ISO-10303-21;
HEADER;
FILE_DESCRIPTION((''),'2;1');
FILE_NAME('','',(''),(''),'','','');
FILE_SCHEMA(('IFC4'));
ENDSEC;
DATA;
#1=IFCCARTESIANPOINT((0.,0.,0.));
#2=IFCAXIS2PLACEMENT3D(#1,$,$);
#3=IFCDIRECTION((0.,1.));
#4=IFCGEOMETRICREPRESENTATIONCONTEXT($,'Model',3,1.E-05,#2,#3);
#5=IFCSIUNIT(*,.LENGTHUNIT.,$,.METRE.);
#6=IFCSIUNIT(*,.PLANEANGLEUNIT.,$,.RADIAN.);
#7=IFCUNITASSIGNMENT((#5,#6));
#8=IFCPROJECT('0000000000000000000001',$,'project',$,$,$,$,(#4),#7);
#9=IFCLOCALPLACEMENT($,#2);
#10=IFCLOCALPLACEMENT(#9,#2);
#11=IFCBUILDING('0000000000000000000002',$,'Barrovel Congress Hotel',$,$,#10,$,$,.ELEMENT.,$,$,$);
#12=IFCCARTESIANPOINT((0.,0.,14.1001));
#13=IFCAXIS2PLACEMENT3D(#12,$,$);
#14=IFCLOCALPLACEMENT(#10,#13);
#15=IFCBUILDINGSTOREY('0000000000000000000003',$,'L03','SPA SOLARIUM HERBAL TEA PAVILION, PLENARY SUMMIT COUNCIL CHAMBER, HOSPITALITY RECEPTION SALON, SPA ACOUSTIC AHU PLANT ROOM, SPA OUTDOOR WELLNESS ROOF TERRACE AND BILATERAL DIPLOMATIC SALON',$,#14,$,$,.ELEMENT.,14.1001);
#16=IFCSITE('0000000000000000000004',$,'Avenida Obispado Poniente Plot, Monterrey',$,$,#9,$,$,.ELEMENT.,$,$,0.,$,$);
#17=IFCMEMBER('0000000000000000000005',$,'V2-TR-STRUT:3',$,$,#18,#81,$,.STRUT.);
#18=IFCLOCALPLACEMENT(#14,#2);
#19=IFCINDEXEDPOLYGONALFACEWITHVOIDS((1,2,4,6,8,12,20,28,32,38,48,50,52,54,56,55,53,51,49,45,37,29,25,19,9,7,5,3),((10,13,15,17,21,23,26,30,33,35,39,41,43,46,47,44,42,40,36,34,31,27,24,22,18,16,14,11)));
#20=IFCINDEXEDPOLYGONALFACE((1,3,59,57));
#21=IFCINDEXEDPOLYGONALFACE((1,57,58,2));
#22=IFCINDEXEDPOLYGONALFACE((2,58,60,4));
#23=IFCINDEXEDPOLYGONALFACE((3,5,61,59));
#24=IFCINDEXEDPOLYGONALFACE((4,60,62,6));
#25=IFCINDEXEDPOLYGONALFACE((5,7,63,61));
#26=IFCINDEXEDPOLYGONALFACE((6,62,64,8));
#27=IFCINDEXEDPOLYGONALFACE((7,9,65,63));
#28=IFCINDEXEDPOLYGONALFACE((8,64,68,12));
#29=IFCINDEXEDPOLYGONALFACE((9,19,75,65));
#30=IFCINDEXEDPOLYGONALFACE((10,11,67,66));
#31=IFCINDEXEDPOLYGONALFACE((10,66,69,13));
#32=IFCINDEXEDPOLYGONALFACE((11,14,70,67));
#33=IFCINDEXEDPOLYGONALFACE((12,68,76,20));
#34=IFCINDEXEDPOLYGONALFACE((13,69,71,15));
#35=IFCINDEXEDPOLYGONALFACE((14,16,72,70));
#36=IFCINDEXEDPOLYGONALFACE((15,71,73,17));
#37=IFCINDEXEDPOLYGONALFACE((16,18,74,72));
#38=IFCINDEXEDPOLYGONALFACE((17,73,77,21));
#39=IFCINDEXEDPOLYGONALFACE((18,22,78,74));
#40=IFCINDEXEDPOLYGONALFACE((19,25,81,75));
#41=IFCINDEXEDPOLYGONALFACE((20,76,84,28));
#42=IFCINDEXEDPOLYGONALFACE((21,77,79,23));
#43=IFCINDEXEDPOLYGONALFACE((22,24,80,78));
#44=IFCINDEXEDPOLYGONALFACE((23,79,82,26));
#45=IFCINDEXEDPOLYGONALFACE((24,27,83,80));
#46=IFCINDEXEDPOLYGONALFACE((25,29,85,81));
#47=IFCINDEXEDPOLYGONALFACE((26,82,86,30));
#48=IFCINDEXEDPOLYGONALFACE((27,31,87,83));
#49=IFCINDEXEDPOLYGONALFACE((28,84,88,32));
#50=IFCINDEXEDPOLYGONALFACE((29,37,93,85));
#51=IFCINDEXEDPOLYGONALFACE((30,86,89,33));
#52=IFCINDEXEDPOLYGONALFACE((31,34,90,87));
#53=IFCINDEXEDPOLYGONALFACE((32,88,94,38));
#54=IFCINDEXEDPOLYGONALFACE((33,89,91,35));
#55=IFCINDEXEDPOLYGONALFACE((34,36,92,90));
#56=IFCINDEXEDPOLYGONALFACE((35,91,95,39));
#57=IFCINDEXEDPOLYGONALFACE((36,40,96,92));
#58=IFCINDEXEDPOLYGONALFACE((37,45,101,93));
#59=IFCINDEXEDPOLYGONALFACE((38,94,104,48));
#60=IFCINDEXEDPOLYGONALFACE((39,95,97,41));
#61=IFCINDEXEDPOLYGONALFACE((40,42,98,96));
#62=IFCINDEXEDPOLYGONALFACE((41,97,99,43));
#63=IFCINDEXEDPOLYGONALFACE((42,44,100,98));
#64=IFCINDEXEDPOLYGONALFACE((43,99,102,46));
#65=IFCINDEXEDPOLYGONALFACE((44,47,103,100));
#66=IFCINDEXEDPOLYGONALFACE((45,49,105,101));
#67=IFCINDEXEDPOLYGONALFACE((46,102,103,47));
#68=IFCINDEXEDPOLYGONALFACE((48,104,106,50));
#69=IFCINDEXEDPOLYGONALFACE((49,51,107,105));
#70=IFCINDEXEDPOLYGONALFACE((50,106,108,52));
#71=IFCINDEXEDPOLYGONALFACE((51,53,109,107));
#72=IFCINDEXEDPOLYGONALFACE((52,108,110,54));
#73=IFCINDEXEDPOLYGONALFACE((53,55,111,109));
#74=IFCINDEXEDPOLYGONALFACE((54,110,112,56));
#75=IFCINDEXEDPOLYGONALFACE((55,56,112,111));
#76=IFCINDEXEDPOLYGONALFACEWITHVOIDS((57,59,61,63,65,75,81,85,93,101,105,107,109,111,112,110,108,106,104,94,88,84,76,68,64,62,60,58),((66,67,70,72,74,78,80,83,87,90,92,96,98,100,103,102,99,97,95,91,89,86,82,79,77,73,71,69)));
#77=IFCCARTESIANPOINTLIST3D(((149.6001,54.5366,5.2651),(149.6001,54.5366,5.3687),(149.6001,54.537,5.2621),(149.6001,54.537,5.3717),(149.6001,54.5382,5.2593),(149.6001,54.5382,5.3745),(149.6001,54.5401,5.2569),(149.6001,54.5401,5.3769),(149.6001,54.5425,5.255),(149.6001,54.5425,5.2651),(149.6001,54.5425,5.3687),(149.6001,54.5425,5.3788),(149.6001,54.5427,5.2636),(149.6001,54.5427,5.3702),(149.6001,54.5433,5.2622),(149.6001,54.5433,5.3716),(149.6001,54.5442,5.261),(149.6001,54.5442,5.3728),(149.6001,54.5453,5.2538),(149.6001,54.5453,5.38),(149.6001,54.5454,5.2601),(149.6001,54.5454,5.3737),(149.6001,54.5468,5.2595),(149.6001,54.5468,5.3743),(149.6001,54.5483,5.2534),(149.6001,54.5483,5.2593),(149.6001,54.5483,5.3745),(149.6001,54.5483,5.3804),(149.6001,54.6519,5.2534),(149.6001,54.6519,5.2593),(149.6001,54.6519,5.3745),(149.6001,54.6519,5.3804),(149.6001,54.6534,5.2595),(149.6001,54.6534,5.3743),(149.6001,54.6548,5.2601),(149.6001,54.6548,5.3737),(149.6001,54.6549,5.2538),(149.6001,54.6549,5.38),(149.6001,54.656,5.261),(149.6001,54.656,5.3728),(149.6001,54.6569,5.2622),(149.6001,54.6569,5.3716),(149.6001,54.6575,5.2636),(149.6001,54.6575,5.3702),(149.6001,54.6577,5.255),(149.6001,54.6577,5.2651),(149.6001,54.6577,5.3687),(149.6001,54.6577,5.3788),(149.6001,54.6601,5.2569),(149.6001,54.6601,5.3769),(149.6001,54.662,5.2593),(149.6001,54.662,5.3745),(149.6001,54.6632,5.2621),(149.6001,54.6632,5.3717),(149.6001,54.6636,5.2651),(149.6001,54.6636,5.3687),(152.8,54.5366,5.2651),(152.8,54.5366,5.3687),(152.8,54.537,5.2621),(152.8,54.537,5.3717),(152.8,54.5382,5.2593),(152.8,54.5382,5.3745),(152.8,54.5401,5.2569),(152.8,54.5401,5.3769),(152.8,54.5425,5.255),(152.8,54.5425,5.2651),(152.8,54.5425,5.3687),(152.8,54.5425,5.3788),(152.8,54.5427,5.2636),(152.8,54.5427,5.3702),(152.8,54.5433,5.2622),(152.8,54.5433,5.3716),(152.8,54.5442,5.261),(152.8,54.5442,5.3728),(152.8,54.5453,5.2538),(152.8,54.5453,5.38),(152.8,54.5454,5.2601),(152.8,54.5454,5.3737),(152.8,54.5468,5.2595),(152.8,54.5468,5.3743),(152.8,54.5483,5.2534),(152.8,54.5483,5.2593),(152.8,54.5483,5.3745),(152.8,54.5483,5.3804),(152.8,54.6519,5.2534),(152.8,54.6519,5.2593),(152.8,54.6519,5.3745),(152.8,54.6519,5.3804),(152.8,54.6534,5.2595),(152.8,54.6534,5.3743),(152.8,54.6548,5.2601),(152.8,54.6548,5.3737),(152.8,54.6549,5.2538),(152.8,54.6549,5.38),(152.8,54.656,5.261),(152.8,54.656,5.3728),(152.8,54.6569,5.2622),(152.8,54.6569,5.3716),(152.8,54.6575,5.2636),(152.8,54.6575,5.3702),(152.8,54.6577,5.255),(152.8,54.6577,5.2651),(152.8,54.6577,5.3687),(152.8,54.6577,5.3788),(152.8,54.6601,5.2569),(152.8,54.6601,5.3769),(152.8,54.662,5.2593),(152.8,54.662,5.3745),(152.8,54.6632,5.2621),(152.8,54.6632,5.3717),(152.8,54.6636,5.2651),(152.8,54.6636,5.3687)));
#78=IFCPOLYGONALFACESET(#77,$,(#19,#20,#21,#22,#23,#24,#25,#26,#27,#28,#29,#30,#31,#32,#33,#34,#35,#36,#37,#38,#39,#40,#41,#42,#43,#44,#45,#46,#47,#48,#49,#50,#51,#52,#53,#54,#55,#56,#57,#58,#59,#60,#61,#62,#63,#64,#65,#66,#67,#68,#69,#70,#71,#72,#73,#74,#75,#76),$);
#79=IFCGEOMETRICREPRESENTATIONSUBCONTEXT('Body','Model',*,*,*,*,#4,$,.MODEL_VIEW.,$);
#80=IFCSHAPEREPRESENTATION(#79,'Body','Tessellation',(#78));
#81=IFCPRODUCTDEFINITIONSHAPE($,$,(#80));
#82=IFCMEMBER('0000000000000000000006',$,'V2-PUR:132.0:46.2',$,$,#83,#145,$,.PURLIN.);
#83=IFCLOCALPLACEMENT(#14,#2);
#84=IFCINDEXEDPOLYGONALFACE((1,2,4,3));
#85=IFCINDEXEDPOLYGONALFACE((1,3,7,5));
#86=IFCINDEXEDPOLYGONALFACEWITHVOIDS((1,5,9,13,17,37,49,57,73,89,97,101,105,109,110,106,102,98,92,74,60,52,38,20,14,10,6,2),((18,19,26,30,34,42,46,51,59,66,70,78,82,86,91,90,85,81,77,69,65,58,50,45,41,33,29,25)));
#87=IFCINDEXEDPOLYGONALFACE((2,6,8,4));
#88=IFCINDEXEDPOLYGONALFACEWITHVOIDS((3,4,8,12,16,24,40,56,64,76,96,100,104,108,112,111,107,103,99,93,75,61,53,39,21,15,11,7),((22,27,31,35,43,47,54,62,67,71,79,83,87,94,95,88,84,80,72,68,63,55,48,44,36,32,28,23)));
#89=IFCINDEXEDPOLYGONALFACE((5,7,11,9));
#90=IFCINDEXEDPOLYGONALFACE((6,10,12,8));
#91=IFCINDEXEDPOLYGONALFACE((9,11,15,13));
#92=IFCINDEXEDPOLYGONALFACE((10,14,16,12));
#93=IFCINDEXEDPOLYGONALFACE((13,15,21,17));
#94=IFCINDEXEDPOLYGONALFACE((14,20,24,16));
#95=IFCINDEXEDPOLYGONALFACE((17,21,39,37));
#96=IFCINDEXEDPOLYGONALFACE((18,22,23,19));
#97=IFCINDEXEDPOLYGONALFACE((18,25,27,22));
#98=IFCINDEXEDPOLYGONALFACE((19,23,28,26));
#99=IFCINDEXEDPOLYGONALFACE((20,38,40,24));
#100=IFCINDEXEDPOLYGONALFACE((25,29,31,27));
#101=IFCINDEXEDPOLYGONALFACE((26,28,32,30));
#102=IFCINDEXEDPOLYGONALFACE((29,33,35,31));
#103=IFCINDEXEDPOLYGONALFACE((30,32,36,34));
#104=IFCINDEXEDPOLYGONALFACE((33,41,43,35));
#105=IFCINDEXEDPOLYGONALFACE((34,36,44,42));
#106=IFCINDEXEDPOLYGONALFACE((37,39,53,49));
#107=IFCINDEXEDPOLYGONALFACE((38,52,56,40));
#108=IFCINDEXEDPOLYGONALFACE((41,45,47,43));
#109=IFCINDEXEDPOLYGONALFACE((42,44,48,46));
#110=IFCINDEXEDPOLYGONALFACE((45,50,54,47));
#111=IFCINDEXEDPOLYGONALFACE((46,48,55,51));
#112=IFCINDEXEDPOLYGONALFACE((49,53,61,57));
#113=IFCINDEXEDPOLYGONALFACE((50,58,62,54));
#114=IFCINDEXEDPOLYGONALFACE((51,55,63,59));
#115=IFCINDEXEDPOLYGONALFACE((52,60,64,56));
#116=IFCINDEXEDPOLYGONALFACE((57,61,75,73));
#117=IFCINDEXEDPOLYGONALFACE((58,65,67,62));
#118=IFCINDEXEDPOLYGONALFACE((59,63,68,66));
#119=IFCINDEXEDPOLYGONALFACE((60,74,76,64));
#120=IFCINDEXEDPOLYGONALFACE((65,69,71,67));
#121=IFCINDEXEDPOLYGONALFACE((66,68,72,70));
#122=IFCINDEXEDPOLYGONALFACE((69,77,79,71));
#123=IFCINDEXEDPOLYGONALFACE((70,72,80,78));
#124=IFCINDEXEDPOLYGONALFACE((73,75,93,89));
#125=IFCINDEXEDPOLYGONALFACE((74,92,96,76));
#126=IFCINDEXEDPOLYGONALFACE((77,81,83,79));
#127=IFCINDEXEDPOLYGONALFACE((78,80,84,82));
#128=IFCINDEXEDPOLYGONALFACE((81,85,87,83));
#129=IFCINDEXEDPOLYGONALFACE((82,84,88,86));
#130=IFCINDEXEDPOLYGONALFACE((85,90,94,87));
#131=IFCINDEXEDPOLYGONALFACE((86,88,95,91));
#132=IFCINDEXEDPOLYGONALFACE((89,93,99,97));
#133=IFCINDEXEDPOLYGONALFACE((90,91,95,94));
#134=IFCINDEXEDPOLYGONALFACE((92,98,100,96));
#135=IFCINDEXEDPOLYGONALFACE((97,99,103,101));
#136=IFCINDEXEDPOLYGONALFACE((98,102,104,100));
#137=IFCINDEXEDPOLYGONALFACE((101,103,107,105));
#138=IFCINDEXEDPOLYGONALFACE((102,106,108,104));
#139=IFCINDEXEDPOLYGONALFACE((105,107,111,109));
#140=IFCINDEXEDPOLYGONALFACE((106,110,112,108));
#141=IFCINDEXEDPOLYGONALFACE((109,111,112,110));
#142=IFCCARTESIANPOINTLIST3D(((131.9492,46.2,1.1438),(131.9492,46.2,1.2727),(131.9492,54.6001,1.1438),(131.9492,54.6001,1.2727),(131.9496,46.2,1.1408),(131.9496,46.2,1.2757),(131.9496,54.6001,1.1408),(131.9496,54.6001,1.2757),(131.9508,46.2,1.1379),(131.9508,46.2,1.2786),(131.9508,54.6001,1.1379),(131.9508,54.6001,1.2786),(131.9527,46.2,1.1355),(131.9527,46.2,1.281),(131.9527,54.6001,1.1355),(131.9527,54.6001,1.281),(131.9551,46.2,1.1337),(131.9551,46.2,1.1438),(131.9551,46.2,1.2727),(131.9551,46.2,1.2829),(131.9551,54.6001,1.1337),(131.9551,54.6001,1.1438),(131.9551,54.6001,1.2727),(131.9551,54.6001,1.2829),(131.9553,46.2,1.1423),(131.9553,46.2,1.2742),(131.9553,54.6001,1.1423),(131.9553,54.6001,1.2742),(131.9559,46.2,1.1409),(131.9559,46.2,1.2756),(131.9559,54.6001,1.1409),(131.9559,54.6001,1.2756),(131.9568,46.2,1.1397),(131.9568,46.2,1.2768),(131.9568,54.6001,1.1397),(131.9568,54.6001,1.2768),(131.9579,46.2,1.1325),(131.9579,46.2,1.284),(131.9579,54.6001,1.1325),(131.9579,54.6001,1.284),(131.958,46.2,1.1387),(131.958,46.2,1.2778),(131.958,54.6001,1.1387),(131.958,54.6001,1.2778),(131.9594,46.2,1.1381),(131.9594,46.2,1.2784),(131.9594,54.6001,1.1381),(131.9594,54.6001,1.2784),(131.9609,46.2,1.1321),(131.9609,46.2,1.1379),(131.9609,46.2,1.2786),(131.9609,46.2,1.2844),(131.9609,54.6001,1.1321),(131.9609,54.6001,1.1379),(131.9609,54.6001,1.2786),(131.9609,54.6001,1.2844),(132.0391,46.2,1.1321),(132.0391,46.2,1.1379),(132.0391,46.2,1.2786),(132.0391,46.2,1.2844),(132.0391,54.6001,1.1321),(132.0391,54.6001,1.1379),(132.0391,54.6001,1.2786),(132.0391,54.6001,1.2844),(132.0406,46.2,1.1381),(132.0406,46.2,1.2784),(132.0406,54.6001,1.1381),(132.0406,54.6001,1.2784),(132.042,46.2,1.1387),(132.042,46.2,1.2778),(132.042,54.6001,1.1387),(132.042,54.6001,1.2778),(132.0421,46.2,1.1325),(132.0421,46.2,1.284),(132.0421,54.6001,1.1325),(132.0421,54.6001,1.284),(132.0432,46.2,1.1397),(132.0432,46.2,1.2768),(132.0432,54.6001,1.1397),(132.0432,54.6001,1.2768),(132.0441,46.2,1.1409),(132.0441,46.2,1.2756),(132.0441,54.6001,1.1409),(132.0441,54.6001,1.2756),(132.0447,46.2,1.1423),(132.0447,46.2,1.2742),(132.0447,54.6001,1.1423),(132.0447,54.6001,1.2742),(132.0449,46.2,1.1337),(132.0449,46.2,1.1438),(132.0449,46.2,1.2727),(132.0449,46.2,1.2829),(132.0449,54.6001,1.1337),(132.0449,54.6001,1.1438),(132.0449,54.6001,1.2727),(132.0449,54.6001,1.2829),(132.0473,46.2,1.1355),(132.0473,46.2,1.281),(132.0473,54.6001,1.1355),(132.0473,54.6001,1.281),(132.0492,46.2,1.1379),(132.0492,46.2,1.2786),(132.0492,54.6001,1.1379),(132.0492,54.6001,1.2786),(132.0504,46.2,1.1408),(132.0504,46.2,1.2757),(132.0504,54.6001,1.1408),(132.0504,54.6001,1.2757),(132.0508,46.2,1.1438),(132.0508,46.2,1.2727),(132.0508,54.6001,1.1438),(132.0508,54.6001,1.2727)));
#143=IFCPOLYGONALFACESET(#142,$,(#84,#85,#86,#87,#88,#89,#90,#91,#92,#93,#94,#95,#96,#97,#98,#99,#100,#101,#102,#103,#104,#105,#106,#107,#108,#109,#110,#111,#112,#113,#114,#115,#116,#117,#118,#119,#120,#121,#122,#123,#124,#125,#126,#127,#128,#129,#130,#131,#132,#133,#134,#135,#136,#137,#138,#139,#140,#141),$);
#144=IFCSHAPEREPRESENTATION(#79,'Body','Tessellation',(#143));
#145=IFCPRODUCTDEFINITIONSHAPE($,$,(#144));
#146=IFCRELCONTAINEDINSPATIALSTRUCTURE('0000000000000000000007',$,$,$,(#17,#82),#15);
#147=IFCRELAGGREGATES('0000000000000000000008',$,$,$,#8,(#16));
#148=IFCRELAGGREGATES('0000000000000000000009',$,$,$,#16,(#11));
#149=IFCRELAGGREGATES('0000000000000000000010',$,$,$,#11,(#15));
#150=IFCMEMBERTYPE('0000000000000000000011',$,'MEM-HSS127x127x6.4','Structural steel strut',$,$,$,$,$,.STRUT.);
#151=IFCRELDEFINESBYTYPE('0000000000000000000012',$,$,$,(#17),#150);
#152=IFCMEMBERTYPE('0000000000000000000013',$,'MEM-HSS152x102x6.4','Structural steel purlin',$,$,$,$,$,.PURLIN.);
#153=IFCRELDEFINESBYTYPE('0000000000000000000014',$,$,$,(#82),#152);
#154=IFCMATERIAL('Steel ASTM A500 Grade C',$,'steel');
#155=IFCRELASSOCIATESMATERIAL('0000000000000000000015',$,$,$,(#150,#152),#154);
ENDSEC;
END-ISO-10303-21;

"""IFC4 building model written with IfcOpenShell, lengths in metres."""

from ifc_helpers import new_model, si_unit, direction, frame, origin, origin_2d, place, context, subcontext, project, spatial, hollow_rectangle, extrude, material, material_profile, profile_set, type_object, element, save


model = new_model("IFC4")

# Units and contexts
model_context = context("Model", 3, precision=1e-05, world=origin(), true_north=direction((0.0, 1.0)))
body_context = subcontext(model_context, "Body", "Model", "MODEL_VIEW")
ifc_project = project(units=[si_unit("LENGTHUNIT", "METRE"), si_unit("PLANEANGLEUNIT", "RADIAN")], contexts=[model_context])

# Site, building, storey
site_placement = place(None, origin())
site = spatial("IfcSite", under=ifc_project, at=site_placement, Name="Avenida Obispado Poniente Plot, Monterrey", CompositionType="ELEMENT", RefElevation=0.0)
building_placement = place(site_placement, origin())
building = spatial("IfcBuilding", under=site, at=building_placement, Name="Barrovel Congress Hotel", CompositionType="ELEMENT")
storey_placement = place(building_placement, frame((0.0, 0.0, 14.1001)))
storey = spatial("IfcBuildingStorey", under=building, at=storey_placement, Name="L03", Description="SPA SOLARIUM HERBAL TEA PAVILION, PLENARY SUMMIT COUNCIL CHAMBER, HOSPITALITY RECEPTION SALON, SPA ACOUSTIC AHU PLANT ROOM, SPA OUTDOOR WELLNESS ROOF TERRACE AND BILATERAL DIPLOMATIC SALON", CompositionType="ELEMENT", Elevation=14.1001)

# Members
ifc_material_1 = material(Name="Steel ASTM A500 Grade C", Category="steel")
ifc_material_profile_1 = material_profile(ifc_material_1, hollow_rectangle(XDim=0.127, YDim=0.127, WallThickness=0.0059, InnerFilletRadius=0.0059, OuterFilletRadius=0.0117, at=origin_2d()), Name="HSS127x127x6.4")
ifc_profile_set_1 = profile_set([ifc_material_profile_1], Name="Steel ASTM A500 Grade C")
member_type_1 = type_object("IfcMemberType", Name="MEM-HSS127x127x6.4", Description="Structural steel strut", PredefinedType="STRUT", material=ifc_profile_set_1)
for number, where, z_axis, x_axis, name in (
    (1, (149.6001, 54.6001, 5.3169), (1.0, 0.0, 0.0), (0.0, 1.0, 0.0), "V2-TR-STRUT:3"),
):
    element("IfcMember", number, at=place(storey_placement, frame(where, z_axis=z_axis, x_axis=x_axis)), inside=storey, type_object=member_type_1, Name=name, PredefinedType="STRUT", context=body_context, shape_type="SweptSolid", body=[
        extrude(hollow_rectangle(XDim=0.127, YDim=0.127, WallThickness=0.0059, InnerFilletRadius=0.0059, OuterFilletRadius=0.0117, at=origin_2d()), origin(), (0.0, 0.0, 1.0), 3.2),
    ])
ifc_material_profile_2 = material_profile(ifc_material_1, hollow_rectangle(XDim=0.1016, YDim=0.1523, WallThickness=0.0059, InnerFilletRadius=0.0059, OuterFilletRadius=0.0117, at=origin_2d()), Name="HSS152x102x6.4")
ifc_profile_set_2 = profile_set([ifc_material_profile_2], Name="Steel ASTM A500 Grade C")
member_type_2 = type_object("IfcMemberType", Name="MEM-HSS152x102x6.4", Description="Structural steel purlin", PredefinedType="PURLIN", material=ifc_profile_set_2)
member_1_placement = place(storey_placement, frame((132.0, 46.2, 1.2083), z_axis=(0.0, 1.0, 0.0), x_axis=(-1.0, 0.0, 0.0)))
element("IfcMember", 2, at=member_1_placement, inside=storey, type_object=member_type_2, Name="V2-PUR:132.0:46.2", PredefinedType="PURLIN", context=body_context, shape_type="SweptSolid", body=[
    extrude(hollow_rectangle(XDim=0.1016, YDim=0.1523, WallThickness=0.0059, InnerFilletRadius=0.0059, OuterFilletRadius=0.0117, at=origin_2d()), origin(), (0.0, 0.0, 1.0), 8.4001),
])

save(model, "model.ifc")
